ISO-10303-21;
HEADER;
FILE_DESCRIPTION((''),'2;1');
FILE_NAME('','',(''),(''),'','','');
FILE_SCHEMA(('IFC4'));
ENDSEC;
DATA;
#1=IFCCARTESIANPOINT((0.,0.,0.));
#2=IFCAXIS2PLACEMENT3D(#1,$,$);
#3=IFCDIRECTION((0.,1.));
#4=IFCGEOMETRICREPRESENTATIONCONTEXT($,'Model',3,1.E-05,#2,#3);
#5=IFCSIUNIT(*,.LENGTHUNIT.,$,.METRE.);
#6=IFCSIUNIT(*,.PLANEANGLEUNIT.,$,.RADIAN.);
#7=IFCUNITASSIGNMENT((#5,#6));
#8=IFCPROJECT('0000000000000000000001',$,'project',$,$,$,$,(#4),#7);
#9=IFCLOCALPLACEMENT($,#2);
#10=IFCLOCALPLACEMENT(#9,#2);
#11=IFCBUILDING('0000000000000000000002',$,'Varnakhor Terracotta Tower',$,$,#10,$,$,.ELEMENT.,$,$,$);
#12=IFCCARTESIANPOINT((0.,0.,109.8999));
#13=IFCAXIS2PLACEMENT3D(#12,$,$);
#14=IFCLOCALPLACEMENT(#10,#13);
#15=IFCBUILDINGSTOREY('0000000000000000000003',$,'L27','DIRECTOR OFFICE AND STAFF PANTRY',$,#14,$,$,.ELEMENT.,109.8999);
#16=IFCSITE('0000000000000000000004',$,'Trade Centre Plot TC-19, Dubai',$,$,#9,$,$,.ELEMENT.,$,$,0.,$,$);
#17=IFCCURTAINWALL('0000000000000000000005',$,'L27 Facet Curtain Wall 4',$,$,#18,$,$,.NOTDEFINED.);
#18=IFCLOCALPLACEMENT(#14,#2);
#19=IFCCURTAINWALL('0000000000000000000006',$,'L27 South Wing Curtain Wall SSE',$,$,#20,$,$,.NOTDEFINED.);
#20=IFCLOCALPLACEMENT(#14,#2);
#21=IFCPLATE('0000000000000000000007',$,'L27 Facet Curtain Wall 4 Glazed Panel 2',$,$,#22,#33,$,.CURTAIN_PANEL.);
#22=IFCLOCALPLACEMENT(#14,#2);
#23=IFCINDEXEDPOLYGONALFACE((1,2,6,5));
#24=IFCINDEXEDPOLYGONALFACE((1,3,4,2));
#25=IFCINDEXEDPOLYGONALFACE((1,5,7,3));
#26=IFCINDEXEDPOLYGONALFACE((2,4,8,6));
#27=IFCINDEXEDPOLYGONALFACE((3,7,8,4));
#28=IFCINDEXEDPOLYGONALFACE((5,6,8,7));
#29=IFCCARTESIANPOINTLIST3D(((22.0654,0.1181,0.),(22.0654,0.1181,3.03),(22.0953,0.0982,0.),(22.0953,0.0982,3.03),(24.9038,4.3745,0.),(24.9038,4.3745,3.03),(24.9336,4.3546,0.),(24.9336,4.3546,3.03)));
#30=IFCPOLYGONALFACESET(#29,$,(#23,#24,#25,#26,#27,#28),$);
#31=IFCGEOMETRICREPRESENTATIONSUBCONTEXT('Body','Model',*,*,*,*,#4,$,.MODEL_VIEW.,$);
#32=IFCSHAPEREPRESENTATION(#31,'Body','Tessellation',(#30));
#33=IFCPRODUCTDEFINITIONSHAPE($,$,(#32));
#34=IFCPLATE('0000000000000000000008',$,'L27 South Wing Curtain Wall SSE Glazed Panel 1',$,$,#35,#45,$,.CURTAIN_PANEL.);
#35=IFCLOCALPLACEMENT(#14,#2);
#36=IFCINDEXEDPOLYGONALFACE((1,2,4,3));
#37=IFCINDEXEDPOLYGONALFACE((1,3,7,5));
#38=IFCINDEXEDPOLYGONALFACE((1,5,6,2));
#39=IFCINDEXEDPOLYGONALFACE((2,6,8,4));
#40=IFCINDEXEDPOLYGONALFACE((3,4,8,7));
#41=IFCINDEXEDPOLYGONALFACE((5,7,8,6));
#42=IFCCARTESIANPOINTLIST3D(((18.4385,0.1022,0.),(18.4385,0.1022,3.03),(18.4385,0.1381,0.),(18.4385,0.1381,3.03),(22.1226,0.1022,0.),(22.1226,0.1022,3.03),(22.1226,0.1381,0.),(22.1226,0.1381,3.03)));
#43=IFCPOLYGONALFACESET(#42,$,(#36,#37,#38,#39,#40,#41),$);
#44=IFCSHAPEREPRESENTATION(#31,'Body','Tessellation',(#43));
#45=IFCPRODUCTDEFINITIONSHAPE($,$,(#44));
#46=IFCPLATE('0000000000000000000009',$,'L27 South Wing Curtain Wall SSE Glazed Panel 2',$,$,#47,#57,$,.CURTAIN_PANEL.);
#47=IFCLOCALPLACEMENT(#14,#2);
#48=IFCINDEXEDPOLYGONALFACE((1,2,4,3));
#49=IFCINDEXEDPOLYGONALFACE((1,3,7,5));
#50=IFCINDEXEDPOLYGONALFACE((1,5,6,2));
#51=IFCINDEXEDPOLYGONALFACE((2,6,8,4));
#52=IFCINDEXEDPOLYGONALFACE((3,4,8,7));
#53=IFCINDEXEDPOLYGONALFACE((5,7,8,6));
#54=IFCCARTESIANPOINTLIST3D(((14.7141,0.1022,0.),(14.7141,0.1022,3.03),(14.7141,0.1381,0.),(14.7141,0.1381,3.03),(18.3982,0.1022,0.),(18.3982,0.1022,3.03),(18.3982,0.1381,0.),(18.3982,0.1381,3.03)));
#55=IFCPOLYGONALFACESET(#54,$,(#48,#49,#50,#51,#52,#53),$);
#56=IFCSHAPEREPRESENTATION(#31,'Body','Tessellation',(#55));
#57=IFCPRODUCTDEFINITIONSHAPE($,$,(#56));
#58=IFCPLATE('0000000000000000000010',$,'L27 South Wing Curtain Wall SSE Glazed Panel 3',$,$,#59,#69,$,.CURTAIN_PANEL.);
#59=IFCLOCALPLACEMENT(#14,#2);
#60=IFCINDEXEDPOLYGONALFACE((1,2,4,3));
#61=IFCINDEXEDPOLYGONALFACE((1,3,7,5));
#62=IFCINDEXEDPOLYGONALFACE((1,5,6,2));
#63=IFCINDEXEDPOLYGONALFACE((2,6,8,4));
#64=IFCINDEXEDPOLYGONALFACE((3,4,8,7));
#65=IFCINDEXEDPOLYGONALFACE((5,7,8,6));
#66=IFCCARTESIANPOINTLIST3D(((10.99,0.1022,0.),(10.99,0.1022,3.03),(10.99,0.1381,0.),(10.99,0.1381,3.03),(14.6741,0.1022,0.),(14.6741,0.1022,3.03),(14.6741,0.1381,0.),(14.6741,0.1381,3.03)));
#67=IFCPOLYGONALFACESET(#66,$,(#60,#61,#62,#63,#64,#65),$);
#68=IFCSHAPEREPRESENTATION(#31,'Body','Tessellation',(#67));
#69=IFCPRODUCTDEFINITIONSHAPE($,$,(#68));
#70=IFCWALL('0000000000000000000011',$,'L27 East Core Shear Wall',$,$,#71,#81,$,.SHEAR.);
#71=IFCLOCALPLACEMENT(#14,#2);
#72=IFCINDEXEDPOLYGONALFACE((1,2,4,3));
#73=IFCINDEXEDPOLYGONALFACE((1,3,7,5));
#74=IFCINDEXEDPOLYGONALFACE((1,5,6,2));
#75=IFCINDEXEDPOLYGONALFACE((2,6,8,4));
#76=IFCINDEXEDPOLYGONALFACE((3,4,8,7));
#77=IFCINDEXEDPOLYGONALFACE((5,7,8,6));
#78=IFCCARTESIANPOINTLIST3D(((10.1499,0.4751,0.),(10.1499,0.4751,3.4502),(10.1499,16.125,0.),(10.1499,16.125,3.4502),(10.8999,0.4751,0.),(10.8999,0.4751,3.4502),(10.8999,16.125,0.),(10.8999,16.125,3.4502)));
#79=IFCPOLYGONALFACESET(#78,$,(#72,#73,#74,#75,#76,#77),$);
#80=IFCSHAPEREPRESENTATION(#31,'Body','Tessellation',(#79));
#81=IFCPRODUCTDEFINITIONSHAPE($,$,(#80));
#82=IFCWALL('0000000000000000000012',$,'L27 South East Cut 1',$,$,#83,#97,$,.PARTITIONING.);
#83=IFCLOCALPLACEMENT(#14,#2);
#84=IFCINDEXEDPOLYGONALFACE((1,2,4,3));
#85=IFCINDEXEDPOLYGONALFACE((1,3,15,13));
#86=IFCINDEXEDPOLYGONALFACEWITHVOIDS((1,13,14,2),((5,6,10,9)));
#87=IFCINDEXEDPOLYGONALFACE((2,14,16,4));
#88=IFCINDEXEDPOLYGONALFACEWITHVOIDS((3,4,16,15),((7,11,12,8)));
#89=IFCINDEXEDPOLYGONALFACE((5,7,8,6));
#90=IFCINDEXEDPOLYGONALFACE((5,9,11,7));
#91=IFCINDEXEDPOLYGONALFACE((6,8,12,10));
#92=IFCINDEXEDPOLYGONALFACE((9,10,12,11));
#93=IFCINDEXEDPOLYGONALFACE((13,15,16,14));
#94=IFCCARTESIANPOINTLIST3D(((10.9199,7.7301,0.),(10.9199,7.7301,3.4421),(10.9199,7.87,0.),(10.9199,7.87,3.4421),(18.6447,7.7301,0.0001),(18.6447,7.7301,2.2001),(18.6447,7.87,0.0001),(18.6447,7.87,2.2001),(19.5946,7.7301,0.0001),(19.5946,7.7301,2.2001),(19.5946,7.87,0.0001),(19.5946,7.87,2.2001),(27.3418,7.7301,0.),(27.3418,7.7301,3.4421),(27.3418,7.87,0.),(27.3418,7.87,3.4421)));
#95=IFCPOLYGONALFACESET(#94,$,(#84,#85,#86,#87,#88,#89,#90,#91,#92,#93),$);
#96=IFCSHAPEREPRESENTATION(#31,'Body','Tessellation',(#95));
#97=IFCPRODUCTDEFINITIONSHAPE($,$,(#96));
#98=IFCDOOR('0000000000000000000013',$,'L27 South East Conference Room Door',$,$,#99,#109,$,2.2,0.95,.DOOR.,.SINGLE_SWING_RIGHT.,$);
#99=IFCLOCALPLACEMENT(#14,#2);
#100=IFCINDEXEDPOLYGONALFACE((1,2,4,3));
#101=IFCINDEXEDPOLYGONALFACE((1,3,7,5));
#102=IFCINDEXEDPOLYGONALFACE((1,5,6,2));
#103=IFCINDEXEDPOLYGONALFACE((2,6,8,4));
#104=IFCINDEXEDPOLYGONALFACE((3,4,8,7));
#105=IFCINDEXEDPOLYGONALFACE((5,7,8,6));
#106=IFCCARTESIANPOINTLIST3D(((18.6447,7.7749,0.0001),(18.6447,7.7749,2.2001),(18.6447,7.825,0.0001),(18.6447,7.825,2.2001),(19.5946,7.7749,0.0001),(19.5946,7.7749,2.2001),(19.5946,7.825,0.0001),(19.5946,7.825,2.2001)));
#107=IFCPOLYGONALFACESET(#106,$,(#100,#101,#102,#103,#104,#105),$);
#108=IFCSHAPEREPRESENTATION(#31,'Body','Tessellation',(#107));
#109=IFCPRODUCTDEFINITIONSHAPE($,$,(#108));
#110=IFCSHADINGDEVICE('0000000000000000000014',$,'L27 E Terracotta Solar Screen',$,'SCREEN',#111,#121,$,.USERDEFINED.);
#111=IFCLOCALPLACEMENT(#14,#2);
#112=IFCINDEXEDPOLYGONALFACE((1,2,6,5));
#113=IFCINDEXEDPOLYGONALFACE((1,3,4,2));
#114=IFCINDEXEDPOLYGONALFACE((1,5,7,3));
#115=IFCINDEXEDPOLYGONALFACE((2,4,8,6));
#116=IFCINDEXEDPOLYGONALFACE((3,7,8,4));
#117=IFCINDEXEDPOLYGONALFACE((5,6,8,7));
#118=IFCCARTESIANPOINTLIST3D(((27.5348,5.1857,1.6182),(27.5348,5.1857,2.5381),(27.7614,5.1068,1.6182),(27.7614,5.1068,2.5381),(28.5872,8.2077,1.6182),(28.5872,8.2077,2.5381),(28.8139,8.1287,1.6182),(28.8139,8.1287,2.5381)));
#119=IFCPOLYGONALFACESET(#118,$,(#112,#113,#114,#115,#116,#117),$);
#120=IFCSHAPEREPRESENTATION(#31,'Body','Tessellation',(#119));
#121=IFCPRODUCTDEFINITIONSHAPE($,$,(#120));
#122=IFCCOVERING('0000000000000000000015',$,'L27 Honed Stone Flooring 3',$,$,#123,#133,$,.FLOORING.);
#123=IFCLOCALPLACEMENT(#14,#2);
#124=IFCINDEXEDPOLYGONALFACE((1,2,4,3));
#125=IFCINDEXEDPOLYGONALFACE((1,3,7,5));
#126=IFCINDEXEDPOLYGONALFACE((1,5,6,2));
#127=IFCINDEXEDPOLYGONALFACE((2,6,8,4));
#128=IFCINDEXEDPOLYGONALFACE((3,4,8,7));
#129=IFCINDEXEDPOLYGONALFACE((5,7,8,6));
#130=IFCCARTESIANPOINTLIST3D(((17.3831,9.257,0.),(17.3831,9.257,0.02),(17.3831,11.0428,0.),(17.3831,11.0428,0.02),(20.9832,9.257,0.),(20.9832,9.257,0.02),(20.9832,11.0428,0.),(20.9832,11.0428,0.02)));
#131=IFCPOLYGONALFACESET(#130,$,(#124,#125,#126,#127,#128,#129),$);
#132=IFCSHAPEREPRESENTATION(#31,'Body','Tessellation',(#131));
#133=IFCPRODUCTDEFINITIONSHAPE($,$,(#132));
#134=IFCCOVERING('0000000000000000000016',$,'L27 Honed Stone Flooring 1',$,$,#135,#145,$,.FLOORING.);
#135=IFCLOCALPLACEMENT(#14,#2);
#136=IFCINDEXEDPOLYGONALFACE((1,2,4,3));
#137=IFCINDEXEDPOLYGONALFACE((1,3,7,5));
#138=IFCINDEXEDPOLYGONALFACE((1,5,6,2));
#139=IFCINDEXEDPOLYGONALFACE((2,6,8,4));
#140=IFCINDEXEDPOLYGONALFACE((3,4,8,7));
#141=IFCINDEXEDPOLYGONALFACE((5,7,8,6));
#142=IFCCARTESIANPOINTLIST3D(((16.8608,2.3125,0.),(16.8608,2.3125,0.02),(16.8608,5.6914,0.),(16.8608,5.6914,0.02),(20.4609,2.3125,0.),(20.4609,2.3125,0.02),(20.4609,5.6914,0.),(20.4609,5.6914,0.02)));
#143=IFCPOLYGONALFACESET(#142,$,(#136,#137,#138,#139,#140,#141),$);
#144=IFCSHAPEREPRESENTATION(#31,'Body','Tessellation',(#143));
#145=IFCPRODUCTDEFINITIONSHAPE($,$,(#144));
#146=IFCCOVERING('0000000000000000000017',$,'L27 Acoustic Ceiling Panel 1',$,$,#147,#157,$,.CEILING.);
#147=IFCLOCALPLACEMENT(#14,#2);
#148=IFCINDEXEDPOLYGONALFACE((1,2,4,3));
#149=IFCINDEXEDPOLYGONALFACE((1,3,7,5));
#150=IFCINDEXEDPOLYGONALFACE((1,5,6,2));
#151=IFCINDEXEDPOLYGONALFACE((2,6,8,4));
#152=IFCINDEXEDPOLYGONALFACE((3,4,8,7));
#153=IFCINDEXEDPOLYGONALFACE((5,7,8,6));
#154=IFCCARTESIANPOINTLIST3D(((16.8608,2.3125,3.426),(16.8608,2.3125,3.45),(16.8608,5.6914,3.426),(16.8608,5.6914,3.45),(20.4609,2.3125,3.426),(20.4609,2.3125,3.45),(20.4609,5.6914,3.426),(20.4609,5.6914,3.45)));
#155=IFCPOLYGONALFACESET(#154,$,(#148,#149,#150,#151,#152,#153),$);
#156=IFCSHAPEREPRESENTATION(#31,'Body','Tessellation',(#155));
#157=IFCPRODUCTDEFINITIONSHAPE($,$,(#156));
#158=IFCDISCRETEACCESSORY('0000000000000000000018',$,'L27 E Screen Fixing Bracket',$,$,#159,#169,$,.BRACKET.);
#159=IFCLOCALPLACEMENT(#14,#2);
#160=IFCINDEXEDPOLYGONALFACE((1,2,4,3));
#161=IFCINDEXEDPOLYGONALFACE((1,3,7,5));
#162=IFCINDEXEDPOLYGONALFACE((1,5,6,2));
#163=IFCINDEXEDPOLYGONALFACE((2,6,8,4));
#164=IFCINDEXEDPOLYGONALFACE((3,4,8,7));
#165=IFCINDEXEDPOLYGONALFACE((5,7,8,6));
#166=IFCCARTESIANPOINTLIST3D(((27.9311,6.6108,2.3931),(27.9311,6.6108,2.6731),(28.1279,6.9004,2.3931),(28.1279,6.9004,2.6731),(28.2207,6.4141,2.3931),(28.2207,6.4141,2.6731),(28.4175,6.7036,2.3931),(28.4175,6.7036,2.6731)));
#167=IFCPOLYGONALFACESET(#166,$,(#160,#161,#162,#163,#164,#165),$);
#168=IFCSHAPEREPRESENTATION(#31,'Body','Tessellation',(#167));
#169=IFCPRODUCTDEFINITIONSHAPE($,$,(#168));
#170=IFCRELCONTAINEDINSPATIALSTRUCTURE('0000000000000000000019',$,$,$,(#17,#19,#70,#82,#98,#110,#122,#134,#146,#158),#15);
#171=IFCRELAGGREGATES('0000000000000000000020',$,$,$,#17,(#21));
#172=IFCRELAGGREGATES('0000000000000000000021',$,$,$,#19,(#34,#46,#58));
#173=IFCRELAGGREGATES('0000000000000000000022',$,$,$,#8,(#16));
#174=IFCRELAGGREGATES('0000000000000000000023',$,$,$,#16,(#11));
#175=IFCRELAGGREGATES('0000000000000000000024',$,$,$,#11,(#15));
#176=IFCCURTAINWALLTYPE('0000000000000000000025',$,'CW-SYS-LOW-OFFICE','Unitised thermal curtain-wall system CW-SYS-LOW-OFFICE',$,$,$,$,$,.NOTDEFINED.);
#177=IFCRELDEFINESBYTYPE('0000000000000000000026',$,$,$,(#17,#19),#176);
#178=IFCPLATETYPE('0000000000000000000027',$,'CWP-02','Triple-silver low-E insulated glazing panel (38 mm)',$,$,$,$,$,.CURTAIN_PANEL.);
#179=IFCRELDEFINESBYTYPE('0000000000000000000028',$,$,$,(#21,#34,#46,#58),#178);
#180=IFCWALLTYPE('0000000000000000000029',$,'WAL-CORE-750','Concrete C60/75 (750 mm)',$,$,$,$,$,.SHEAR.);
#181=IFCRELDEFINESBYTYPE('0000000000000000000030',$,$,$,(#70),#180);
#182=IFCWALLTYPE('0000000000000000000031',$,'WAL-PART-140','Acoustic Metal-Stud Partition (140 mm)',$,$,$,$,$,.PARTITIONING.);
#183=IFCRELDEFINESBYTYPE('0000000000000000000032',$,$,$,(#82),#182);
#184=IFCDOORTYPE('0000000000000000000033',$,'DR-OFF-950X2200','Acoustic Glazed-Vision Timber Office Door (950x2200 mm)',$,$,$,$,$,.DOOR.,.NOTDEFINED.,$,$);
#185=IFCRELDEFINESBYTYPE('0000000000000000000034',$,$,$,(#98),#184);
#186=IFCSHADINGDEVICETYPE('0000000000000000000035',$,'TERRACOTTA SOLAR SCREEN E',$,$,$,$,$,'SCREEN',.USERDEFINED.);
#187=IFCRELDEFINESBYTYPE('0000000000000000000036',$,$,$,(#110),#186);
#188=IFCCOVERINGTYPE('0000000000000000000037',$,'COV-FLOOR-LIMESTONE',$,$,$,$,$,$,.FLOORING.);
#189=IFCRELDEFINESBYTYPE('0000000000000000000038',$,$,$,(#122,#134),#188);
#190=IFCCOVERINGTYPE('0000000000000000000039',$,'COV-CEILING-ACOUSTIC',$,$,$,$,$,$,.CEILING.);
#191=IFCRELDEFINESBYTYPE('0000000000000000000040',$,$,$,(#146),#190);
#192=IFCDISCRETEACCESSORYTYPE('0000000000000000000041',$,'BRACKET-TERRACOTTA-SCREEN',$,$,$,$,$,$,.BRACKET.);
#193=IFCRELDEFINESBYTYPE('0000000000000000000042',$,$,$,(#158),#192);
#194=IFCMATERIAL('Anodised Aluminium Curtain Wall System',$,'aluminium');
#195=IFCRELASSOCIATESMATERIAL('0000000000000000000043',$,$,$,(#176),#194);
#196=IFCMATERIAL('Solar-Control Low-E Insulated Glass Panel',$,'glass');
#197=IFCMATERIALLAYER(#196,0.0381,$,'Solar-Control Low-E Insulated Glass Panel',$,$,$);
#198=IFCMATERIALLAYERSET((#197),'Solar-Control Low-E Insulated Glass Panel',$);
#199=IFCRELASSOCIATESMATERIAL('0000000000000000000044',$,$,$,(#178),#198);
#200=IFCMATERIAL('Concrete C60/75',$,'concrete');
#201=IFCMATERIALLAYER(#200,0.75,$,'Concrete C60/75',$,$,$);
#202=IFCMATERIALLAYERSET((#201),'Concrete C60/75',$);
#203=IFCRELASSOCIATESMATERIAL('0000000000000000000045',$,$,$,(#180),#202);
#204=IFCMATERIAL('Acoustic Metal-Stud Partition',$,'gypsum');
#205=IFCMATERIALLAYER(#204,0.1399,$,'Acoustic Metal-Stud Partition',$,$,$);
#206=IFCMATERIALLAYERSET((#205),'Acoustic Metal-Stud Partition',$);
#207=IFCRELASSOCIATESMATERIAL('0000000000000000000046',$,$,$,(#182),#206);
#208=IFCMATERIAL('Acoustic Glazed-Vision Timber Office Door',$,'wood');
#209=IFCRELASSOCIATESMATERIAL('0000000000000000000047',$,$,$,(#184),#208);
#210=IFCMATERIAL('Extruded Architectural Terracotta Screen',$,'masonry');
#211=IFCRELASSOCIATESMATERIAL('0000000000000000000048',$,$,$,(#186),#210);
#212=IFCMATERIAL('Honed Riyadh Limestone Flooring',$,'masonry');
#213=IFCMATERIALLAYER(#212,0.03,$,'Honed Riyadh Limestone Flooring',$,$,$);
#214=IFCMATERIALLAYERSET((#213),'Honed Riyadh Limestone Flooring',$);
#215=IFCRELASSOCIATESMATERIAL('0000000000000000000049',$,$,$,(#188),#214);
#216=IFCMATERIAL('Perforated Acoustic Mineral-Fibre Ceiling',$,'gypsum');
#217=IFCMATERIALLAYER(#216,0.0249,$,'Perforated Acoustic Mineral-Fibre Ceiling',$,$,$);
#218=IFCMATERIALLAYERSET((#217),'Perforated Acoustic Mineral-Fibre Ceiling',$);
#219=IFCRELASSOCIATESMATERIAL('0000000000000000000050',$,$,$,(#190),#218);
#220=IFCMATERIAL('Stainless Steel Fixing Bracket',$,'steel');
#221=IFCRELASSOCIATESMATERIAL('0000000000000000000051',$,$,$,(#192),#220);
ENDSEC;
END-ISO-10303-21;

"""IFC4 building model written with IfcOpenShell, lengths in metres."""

from ifc_helpers import new_model, si_unit, direction, frame, frame_2d, origin, origin_2d, place, context, subcontext, project, spatial, rectangle, extrude, source, transform, mapped, material, layer, layer_set, type_object, type_shapes, element, fill, aggregate, save


model = new_model("IFC4")

# Units and contexts
model_context = context("Model", 3, precision=1e-05, world=origin(), true_north=direction((0.0, 1.0)))
body_context = subcontext(model_context, "Body", "Model", "MODEL_VIEW")
ifc_project = project(units=[si_unit("LENGTHUNIT", "METRE"), si_unit("PLANEANGLEUNIT", "RADIAN")], contexts=[model_context])

# Site, building, storey
site_placement = place(None, origin())
site = spatial("IfcSite", under=ifc_project, at=site_placement, Name="Trade Centre Plot TC-19, Dubai", CompositionType="ELEMENT", RefElevation=0.0)
building_placement = place(site_placement, origin())
building = spatial("IfcBuilding", under=site, at=building_placement, Name="Varnakhor Terracotta Tower", CompositionType="ELEMENT")
storey_placement = place(building_placement, frame((0.0, 0.0, 109.8999)))
storey = spatial("IfcBuildingStorey", under=building, at=storey_placement, Name="L27", Description="DIRECTOR OFFICE AND STAFF PANTRY", CompositionType="ELEMENT", Elevation=109.8999)

# Curtain walls
ifc_material_1 = material(Name="Anodised Aluminium Curtain Wall System", Category="aluminium")
curtain_wall_type = type_object("IfcCurtainWallType", Name="CW-SYS-LOW-OFFICE", Description="Unitised thermal curtain-wall system CW-SYS-LOW-OFFICE", PredefinedType="NOTDEFINED", material=ifc_material_1)
curtain_wall_1_placement = place(storey_placement, origin())
curtain_wall_1 = element("IfcCurtainWall", 1, at=curtain_wall_1_placement, inside=storey, type_object=curtain_wall_type, Name="L27 Facet Curtain Wall 4", PredefinedType="NOTDEFINED")
curtain_wall_2_placement = place(storey_placement, origin())
curtain_wall_2 = element("IfcCurtainWall", 2, at=curtain_wall_2_placement, inside=storey, type_object=curtain_wall_type, Name="L27 South Wing Curtain Wall SSE", PredefinedType="NOTDEFINED")

# Shared definitions
ifc_material_2 = material(Name="Solar-Control Low-E Insulated Glass Panel", Category="glass")
ifc_layer_1 = layer(ifc_material_2, 0.0381, Name="Solar-Control Low-E Insulated Glass Panel")
ifc_layer_set_1 = layer_set([ifc_layer_1], Name="Solar-Control Low-E Insulated Glass Panel")
plate_type_1 = type_object("IfcPlateType", Name="CWP-02", Description="Triple-silver low-E insulated glazing panel (38 mm)", PredefinedType="CURTAIN_PANEL", material=ifc_layer_set_1)

# Plates
shared_shape_1 = source(origin(), body_context, "Body", "SweptSolid", [
    extrude(rectangle(XDim=5.116, YDim=0.0359, at=origin_2d()), origin(), (0.0, 0.0, 1.0), 3.03),
])
plate_1_placement = place(storey_placement, frame((23.4995, 2.2363, 0.0), z_axis=(0.0, 0.0, 1.0), x_axis=(-0.554801, -0.831983, 0.0)))
plate_1 = element("IfcPlate", 3, at=plate_1_placement, type_object=plate_type_1, Name="L27 Facet Curtain Wall 4 Glazed Panel 2", PredefinedType="CURTAIN_PANEL", context=body_context, shape_type="MappedRepresentation", body=[
    mapped(shared_shape_1, transform((0.0, 0.0, 0.0), scale=1.0)),
])
aggregate(curtain_wall_1, [plate_1])
shared_shape_2 = source(origin(), body_context, "Body", "SweptSolid", [
    extrude(rectangle(XDim=3.6841, YDim=0.0359, at=origin_2d()), origin(), (0.0, 0.0, 1.0), 3.03),
])
plate_2_placement = place(storey_placement, frame((20.2805, 0.1201, 0.0), z_axis=(0.0, 0.0, 1.0), x_axis=(-1.0, 0.0, 0.0)))
plate_2 = element("IfcPlate", 4, at=plate_2_placement, type_object=plate_type_1, Name="L27 South Wing Curtain Wall SSE Glazed Panel 1", PredefinedType="CURTAIN_PANEL", context=body_context, shape_type="MappedRepresentation", body=[
    mapped(shared_shape_2, transform((0.0, 0.0, 0.0), scale=1.0)),
])
plate_3_placement = place(storey_placement, frame((16.5562, 0.1201, 0.0), z_axis=(0.0, 0.0, 1.0), x_axis=(-1.0, 0.0, 0.0)))
plate_3 = element("IfcPlate", 5, at=plate_3_placement, type_object=plate_type_1, Name="L27 South Wing Curtain Wall SSE Glazed Panel 2", PredefinedType="CURTAIN_PANEL", context=body_context, shape_type="MappedRepresentation", body=[
    mapped(shared_shape_2, transform((0.0, 0.0, 0.0), scale=1.0)),
])
plate_4_placement = place(storey_placement, frame((12.832, 0.1201, 0.0), z_axis=(0.0, 0.0, 1.0), x_axis=(-1.0, 0.0, 0.0)))
plate_4 = element("IfcPlate", 6, at=plate_4_placement, type_object=plate_type_1, Name="L27 South Wing Curtain Wall SSE Glazed Panel 3", PredefinedType="CURTAIN_PANEL", context=body_context, shape_type="MappedRepresentation", body=[
    mapped(shared_shape_2, transform((0.0, 0.0, 0.0), scale=1.0)),
])
aggregate(curtain_wall_2, [plate_2, plate_3, plate_4])

# Wall
ifc_material_3 = material(Name="Concrete C60/75", Category="concrete")
ifc_layer_2 = layer(ifc_material_3, 0.75, Name="Concrete C60/75")
ifc_layer_set_2 = layer_set([ifc_layer_2], Name="Concrete C60/75")
wall_type_1 = type_object("IfcWallType", Name="WAL-CORE-750", Description="Concrete C60/75 (750 mm)", PredefinedType="SHEAR", material=ifc_layer_set_2)
wall_1_placement = place(storey_placement, frame((10.5249, 0.4751, 0.0), z_axis=(0.0, 0.0, 1.0), x_axis=(0.0, 1.0, 0.0)))
element("IfcWall", 7, at=wall_1_placement, inside=storey, type_object=wall_type_1, Name="L27 East Core Shear Wall", PredefinedType="SHEAR", context=body_context, shape_type="SweptSolid", body=[
    extrude(rectangle(XDim=15.6499, YDim=0.75, at=frame_2d((7.825, 0.0))), origin(), (0.0, 0.0, 1.0), 3.4502),
])

# Wall, opening, door
ifc_material_4 = material(Name="Acoustic Metal-Stud Partition", Category="gypsum")
ifc_layer_3 = layer(ifc_material_4, 0.1399, Name="Acoustic Metal-Stud Partition")
ifc_layer_set_3 = layer_set([ifc_layer_3], Name="Acoustic Metal-Stud Partition")
wall_type_2 = type_object("IfcWallType", Name="WAL-PART-140", Description="Acoustic Metal-Stud Partition (140 mm)", PredefinedType="PARTITIONING", material=ifc_layer_set_3)
wall_2_placement = place(storey_placement, frame((10.9199, 7.8, 0.0), z_axis=(0.0, 0.0, 1.0), x_axis=(1.0, 0.0, 0.0)))
wall_2 = element("IfcWall", 8, at=wall_2_placement, inside=storey, type_object=wall_type_2, Name="L27 South East Cut 1", PredefinedType="PARTITIONING", context=body_context, shape_type="SweptSolid", body=[
    extrude(rectangle(XDim=16.4219, YDim=0.1399, at=frame_2d((8.2109, 0.0))), origin(), (0.0, 0.0, 1.0), 3.4421),
])
opening_placement = place(wall_2_placement, frame((7.7246, 0.0, 0.0)))
opening = element("IfcOpeningElement", 9, at=opening_placement, cuts=wall_2, PredefinedType="OPENING", context=body_context, shape_type="SweptSolid", body=[
    extrude(rectangle(XDim=0.95, YDim=2.2, at=frame_2d((0.4751, 1.1001))), frame((0.0, 0.0801, 0.0), z_axis=(0.0, -1.0, 0.0), x_axis=(1.0, 0.0, 0.0)), (0.0, 0.0, 1.0), 0.1599),
])
ifc_material_5 = material(Name="Acoustic Glazed-Vision Timber Office Door", Category="wood")
door_type = type_object("IfcDoorType", Name="DR-OFF-950X2200", Description="Acoustic Glazed-Vision Timber Office Door (950x2200 mm)", OperationType="NOTDEFINED", PredefinedType="DOOR", material=ifc_material_5)
shared_shape_3 = source(origin(), body_context, "Body", "SweptSolid", [
    extrude(rectangle(XDim=0.95, YDim=2.2, at=frame_2d((0.4751, 1.1001))), frame((0.0, 0.0249, 0.0), z_axis=(0.0, -1.0, 0.0), x_axis=(1.0, 0.0, 0.0)), (0.0, 0.0, 1.0), 0.05),
])
type_shapes(door_type, [shared_shape_3])
door_placement = place(opening_placement, origin())
door = element("IfcDoor", 10, at=door_placement, inside=storey, type_object=door_type, Name="L27 South East Conference Room Door", OperationType="SINGLE_SWING_RIGHT", OverallHeight=2.2, OverallWidth=0.95, PredefinedType="DOOR", context=body_context, shape_type="MappedRepresentation", body=[
    mapped(shared_shape_3, transform((0.0, 0.0, 0.0), scale=1.0)),
])
fill(opening, door)

# Shading device
ifc_material_6 = material(Name="Extruded Architectural Terracotta Screen", Category="masonry")
shading_device_type = type_object("IfcShadingDeviceType", Name="TERRACOTTA SOLAR SCREEN E", ElementType="SCREEN", PredefinedType="USERDEFINED", material=ifc_material_6)
shared_shape_4 = source(origin(), body_context, "Body", "SweptSolid", [
    extrude(rectangle(XDim=3.2, YDim=0.24, at=origin_2d()), origin(), (0.0, 0.0, 1.0), 0.9199),
])
type_shapes(shading_device_type, [shared_shape_4])
shading_device_placement = place(storey_placement, frame((28.1743, 6.6572, 1.6182), z_axis=(0.0, 0.0, 1.0), x_axis=(0.3289, 0.944365, 0.0)))
element("IfcShadingDevice", 11, at=shading_device_placement, inside=storey, type_object=shading_device_type, Name="L27 E Terracotta Solar Screen", ObjectType="SCREEN", PredefinedType="USERDEFINED", context=body_context, shape_type="MappedRepresentation", body=[
    mapped(shared_shape_4, transform((0.0, 0.0, 0.0), scale=1.0)),
])

# Coverings
ifc_material_7 = material(Name="Honed Riyadh Limestone Flooring", Category="masonry")
ifc_layer_4 = layer(ifc_material_7, 0.03, Name="Honed Riyadh Limestone Flooring")
ifc_layer_set_4 = layer_set([ifc_layer_4], Name="Honed Riyadh Limestone Flooring")
covering_type_1 = type_object("IfcCoveringType", Name="COV-FLOOR-LIMESTONE", PredefinedType="FLOORING", material=ifc_layer_set_4)
shared_shape_5 = source(origin(), body_context, "Body", "SweptSolid", [
    extrude(rectangle(XDim=3.6001, YDim=1.7859, at=origin_2d()), origin(), (0.0, 0.0, 1.0), 0.02),
])
covering_1_placement = place(storey_placement, frame((19.1831, 10.1499, 0.0), z_axis=(0.0, 0.0, 1.0), x_axis=(1.0, 0.0, 0.0)))
element("IfcCovering", 12, at=covering_1_placement, inside=storey, type_object=covering_type_1, Name="L27 Honed Stone Flooring 3", PredefinedType="FLOORING", context=body_context, shape_type="MappedRepresentation", body=[
    mapped(shared_shape_5, transform((0.0, 0.0, 0.0), scale=1.0)),
])
shared_shape_6 = source(origin(), body_context, "Body", "SweptSolid", [
    extrude(rectangle(XDim=3.6001, YDim=3.3789, at=origin_2d()), origin(), (0.0, 0.0, 1.0), 0.02),
])
covering_2_placement = place(storey_placement, frame((18.6609, 4.002, 0.0), z_axis=(0.0, 0.0, 1.0), x_axis=(1.0, 0.0, 0.0)))
element("IfcCovering", 13, at=covering_2_placement, inside=storey, type_object=covering_type_1, Name="L27 Honed Stone Flooring 1", PredefinedType="FLOORING", context=body_context, shape_type="MappedRepresentation", body=[
    mapped(shared_shape_6, transform((0.0, 0.0, 0.0), scale=1.0)),
])
ifc_material_8 = material(Name="Perforated Acoustic Mineral-Fibre Ceiling", Category="gypsum")
ifc_layer_5 = layer(ifc_material_8, 0.0249, Name="Perforated Acoustic Mineral-Fibre Ceiling")
ifc_layer_set_5 = layer_set([ifc_layer_5], Name="Perforated Acoustic Mineral-Fibre Ceiling")
covering_type_2 = type_object("IfcCoveringType", Name="COV-CEILING-ACOUSTIC", PredefinedType="CEILING", material=ifc_layer_set_5)
shared_shape_7 = source(origin(), body_context, "Body", "SweptSolid", [
    extrude(rectangle(XDim=3.6001, YDim=3.3789, at=origin_2d()), origin(), (0.0, 0.0, 1.0), 0.0239),
])
covering_3_placement = place(storey_placement, frame((18.6609, 4.002, 3.426), z_axis=(0.0, 0.0, 1.0), x_axis=(1.0, 0.0, 0.0)))
element("IfcCovering", 14, at=covering_3_placement, inside=storey, type_object=covering_type_2, Name="L27 Acoustic Ceiling Panel 1", PredefinedType="CEILING", context=body_context, shape_type="MappedRepresentation", body=[
    mapped(shared_shape_7, transform((0.0, 0.0, 0.0), scale=1.0)),
])

# Discrete accessory
ifc_material_9 = material(Name="Stainless Steel Fixing Bracket", Category="steel")
discrete_accessory_type = type_object("IfcDiscreteAccessoryType", Name="BRACKET-TERRACOTTA-SCREEN", PredefinedType="BRACKET", material=ifc_material_9)
shared_shape_8 = source(origin(), body_context, "Body", "SweptSolid", [
    extrude(rectangle(XDim=0.3501, YDim=0.3501, at=origin_2d()), origin(), (0.0, 0.0, 1.0), 0.28),
])
type_shapes(discrete_accessory_type, [shared_shape_8])
discrete_accessory_placement = place(storey_placement, frame((28.1743, 6.6572, 2.3931), z_axis=(0.0, 0.0, 1.0), x_axis=(0.562112, 0.827061, 0.0)))
element("IfcDiscreteAccessory", 15, at=discrete_accessory_placement, inside=storey, type_object=discrete_accessory_type, Name="L27 E Screen Fixing Bracket", PredefinedType="BRACKET", context=body_context, shape_type="MappedRepresentation", body=[
    mapped(shared_shape_8, transform((0.0, 0.0, 0.0), scale=1.0)),
])

save(model, "model.ifc")
